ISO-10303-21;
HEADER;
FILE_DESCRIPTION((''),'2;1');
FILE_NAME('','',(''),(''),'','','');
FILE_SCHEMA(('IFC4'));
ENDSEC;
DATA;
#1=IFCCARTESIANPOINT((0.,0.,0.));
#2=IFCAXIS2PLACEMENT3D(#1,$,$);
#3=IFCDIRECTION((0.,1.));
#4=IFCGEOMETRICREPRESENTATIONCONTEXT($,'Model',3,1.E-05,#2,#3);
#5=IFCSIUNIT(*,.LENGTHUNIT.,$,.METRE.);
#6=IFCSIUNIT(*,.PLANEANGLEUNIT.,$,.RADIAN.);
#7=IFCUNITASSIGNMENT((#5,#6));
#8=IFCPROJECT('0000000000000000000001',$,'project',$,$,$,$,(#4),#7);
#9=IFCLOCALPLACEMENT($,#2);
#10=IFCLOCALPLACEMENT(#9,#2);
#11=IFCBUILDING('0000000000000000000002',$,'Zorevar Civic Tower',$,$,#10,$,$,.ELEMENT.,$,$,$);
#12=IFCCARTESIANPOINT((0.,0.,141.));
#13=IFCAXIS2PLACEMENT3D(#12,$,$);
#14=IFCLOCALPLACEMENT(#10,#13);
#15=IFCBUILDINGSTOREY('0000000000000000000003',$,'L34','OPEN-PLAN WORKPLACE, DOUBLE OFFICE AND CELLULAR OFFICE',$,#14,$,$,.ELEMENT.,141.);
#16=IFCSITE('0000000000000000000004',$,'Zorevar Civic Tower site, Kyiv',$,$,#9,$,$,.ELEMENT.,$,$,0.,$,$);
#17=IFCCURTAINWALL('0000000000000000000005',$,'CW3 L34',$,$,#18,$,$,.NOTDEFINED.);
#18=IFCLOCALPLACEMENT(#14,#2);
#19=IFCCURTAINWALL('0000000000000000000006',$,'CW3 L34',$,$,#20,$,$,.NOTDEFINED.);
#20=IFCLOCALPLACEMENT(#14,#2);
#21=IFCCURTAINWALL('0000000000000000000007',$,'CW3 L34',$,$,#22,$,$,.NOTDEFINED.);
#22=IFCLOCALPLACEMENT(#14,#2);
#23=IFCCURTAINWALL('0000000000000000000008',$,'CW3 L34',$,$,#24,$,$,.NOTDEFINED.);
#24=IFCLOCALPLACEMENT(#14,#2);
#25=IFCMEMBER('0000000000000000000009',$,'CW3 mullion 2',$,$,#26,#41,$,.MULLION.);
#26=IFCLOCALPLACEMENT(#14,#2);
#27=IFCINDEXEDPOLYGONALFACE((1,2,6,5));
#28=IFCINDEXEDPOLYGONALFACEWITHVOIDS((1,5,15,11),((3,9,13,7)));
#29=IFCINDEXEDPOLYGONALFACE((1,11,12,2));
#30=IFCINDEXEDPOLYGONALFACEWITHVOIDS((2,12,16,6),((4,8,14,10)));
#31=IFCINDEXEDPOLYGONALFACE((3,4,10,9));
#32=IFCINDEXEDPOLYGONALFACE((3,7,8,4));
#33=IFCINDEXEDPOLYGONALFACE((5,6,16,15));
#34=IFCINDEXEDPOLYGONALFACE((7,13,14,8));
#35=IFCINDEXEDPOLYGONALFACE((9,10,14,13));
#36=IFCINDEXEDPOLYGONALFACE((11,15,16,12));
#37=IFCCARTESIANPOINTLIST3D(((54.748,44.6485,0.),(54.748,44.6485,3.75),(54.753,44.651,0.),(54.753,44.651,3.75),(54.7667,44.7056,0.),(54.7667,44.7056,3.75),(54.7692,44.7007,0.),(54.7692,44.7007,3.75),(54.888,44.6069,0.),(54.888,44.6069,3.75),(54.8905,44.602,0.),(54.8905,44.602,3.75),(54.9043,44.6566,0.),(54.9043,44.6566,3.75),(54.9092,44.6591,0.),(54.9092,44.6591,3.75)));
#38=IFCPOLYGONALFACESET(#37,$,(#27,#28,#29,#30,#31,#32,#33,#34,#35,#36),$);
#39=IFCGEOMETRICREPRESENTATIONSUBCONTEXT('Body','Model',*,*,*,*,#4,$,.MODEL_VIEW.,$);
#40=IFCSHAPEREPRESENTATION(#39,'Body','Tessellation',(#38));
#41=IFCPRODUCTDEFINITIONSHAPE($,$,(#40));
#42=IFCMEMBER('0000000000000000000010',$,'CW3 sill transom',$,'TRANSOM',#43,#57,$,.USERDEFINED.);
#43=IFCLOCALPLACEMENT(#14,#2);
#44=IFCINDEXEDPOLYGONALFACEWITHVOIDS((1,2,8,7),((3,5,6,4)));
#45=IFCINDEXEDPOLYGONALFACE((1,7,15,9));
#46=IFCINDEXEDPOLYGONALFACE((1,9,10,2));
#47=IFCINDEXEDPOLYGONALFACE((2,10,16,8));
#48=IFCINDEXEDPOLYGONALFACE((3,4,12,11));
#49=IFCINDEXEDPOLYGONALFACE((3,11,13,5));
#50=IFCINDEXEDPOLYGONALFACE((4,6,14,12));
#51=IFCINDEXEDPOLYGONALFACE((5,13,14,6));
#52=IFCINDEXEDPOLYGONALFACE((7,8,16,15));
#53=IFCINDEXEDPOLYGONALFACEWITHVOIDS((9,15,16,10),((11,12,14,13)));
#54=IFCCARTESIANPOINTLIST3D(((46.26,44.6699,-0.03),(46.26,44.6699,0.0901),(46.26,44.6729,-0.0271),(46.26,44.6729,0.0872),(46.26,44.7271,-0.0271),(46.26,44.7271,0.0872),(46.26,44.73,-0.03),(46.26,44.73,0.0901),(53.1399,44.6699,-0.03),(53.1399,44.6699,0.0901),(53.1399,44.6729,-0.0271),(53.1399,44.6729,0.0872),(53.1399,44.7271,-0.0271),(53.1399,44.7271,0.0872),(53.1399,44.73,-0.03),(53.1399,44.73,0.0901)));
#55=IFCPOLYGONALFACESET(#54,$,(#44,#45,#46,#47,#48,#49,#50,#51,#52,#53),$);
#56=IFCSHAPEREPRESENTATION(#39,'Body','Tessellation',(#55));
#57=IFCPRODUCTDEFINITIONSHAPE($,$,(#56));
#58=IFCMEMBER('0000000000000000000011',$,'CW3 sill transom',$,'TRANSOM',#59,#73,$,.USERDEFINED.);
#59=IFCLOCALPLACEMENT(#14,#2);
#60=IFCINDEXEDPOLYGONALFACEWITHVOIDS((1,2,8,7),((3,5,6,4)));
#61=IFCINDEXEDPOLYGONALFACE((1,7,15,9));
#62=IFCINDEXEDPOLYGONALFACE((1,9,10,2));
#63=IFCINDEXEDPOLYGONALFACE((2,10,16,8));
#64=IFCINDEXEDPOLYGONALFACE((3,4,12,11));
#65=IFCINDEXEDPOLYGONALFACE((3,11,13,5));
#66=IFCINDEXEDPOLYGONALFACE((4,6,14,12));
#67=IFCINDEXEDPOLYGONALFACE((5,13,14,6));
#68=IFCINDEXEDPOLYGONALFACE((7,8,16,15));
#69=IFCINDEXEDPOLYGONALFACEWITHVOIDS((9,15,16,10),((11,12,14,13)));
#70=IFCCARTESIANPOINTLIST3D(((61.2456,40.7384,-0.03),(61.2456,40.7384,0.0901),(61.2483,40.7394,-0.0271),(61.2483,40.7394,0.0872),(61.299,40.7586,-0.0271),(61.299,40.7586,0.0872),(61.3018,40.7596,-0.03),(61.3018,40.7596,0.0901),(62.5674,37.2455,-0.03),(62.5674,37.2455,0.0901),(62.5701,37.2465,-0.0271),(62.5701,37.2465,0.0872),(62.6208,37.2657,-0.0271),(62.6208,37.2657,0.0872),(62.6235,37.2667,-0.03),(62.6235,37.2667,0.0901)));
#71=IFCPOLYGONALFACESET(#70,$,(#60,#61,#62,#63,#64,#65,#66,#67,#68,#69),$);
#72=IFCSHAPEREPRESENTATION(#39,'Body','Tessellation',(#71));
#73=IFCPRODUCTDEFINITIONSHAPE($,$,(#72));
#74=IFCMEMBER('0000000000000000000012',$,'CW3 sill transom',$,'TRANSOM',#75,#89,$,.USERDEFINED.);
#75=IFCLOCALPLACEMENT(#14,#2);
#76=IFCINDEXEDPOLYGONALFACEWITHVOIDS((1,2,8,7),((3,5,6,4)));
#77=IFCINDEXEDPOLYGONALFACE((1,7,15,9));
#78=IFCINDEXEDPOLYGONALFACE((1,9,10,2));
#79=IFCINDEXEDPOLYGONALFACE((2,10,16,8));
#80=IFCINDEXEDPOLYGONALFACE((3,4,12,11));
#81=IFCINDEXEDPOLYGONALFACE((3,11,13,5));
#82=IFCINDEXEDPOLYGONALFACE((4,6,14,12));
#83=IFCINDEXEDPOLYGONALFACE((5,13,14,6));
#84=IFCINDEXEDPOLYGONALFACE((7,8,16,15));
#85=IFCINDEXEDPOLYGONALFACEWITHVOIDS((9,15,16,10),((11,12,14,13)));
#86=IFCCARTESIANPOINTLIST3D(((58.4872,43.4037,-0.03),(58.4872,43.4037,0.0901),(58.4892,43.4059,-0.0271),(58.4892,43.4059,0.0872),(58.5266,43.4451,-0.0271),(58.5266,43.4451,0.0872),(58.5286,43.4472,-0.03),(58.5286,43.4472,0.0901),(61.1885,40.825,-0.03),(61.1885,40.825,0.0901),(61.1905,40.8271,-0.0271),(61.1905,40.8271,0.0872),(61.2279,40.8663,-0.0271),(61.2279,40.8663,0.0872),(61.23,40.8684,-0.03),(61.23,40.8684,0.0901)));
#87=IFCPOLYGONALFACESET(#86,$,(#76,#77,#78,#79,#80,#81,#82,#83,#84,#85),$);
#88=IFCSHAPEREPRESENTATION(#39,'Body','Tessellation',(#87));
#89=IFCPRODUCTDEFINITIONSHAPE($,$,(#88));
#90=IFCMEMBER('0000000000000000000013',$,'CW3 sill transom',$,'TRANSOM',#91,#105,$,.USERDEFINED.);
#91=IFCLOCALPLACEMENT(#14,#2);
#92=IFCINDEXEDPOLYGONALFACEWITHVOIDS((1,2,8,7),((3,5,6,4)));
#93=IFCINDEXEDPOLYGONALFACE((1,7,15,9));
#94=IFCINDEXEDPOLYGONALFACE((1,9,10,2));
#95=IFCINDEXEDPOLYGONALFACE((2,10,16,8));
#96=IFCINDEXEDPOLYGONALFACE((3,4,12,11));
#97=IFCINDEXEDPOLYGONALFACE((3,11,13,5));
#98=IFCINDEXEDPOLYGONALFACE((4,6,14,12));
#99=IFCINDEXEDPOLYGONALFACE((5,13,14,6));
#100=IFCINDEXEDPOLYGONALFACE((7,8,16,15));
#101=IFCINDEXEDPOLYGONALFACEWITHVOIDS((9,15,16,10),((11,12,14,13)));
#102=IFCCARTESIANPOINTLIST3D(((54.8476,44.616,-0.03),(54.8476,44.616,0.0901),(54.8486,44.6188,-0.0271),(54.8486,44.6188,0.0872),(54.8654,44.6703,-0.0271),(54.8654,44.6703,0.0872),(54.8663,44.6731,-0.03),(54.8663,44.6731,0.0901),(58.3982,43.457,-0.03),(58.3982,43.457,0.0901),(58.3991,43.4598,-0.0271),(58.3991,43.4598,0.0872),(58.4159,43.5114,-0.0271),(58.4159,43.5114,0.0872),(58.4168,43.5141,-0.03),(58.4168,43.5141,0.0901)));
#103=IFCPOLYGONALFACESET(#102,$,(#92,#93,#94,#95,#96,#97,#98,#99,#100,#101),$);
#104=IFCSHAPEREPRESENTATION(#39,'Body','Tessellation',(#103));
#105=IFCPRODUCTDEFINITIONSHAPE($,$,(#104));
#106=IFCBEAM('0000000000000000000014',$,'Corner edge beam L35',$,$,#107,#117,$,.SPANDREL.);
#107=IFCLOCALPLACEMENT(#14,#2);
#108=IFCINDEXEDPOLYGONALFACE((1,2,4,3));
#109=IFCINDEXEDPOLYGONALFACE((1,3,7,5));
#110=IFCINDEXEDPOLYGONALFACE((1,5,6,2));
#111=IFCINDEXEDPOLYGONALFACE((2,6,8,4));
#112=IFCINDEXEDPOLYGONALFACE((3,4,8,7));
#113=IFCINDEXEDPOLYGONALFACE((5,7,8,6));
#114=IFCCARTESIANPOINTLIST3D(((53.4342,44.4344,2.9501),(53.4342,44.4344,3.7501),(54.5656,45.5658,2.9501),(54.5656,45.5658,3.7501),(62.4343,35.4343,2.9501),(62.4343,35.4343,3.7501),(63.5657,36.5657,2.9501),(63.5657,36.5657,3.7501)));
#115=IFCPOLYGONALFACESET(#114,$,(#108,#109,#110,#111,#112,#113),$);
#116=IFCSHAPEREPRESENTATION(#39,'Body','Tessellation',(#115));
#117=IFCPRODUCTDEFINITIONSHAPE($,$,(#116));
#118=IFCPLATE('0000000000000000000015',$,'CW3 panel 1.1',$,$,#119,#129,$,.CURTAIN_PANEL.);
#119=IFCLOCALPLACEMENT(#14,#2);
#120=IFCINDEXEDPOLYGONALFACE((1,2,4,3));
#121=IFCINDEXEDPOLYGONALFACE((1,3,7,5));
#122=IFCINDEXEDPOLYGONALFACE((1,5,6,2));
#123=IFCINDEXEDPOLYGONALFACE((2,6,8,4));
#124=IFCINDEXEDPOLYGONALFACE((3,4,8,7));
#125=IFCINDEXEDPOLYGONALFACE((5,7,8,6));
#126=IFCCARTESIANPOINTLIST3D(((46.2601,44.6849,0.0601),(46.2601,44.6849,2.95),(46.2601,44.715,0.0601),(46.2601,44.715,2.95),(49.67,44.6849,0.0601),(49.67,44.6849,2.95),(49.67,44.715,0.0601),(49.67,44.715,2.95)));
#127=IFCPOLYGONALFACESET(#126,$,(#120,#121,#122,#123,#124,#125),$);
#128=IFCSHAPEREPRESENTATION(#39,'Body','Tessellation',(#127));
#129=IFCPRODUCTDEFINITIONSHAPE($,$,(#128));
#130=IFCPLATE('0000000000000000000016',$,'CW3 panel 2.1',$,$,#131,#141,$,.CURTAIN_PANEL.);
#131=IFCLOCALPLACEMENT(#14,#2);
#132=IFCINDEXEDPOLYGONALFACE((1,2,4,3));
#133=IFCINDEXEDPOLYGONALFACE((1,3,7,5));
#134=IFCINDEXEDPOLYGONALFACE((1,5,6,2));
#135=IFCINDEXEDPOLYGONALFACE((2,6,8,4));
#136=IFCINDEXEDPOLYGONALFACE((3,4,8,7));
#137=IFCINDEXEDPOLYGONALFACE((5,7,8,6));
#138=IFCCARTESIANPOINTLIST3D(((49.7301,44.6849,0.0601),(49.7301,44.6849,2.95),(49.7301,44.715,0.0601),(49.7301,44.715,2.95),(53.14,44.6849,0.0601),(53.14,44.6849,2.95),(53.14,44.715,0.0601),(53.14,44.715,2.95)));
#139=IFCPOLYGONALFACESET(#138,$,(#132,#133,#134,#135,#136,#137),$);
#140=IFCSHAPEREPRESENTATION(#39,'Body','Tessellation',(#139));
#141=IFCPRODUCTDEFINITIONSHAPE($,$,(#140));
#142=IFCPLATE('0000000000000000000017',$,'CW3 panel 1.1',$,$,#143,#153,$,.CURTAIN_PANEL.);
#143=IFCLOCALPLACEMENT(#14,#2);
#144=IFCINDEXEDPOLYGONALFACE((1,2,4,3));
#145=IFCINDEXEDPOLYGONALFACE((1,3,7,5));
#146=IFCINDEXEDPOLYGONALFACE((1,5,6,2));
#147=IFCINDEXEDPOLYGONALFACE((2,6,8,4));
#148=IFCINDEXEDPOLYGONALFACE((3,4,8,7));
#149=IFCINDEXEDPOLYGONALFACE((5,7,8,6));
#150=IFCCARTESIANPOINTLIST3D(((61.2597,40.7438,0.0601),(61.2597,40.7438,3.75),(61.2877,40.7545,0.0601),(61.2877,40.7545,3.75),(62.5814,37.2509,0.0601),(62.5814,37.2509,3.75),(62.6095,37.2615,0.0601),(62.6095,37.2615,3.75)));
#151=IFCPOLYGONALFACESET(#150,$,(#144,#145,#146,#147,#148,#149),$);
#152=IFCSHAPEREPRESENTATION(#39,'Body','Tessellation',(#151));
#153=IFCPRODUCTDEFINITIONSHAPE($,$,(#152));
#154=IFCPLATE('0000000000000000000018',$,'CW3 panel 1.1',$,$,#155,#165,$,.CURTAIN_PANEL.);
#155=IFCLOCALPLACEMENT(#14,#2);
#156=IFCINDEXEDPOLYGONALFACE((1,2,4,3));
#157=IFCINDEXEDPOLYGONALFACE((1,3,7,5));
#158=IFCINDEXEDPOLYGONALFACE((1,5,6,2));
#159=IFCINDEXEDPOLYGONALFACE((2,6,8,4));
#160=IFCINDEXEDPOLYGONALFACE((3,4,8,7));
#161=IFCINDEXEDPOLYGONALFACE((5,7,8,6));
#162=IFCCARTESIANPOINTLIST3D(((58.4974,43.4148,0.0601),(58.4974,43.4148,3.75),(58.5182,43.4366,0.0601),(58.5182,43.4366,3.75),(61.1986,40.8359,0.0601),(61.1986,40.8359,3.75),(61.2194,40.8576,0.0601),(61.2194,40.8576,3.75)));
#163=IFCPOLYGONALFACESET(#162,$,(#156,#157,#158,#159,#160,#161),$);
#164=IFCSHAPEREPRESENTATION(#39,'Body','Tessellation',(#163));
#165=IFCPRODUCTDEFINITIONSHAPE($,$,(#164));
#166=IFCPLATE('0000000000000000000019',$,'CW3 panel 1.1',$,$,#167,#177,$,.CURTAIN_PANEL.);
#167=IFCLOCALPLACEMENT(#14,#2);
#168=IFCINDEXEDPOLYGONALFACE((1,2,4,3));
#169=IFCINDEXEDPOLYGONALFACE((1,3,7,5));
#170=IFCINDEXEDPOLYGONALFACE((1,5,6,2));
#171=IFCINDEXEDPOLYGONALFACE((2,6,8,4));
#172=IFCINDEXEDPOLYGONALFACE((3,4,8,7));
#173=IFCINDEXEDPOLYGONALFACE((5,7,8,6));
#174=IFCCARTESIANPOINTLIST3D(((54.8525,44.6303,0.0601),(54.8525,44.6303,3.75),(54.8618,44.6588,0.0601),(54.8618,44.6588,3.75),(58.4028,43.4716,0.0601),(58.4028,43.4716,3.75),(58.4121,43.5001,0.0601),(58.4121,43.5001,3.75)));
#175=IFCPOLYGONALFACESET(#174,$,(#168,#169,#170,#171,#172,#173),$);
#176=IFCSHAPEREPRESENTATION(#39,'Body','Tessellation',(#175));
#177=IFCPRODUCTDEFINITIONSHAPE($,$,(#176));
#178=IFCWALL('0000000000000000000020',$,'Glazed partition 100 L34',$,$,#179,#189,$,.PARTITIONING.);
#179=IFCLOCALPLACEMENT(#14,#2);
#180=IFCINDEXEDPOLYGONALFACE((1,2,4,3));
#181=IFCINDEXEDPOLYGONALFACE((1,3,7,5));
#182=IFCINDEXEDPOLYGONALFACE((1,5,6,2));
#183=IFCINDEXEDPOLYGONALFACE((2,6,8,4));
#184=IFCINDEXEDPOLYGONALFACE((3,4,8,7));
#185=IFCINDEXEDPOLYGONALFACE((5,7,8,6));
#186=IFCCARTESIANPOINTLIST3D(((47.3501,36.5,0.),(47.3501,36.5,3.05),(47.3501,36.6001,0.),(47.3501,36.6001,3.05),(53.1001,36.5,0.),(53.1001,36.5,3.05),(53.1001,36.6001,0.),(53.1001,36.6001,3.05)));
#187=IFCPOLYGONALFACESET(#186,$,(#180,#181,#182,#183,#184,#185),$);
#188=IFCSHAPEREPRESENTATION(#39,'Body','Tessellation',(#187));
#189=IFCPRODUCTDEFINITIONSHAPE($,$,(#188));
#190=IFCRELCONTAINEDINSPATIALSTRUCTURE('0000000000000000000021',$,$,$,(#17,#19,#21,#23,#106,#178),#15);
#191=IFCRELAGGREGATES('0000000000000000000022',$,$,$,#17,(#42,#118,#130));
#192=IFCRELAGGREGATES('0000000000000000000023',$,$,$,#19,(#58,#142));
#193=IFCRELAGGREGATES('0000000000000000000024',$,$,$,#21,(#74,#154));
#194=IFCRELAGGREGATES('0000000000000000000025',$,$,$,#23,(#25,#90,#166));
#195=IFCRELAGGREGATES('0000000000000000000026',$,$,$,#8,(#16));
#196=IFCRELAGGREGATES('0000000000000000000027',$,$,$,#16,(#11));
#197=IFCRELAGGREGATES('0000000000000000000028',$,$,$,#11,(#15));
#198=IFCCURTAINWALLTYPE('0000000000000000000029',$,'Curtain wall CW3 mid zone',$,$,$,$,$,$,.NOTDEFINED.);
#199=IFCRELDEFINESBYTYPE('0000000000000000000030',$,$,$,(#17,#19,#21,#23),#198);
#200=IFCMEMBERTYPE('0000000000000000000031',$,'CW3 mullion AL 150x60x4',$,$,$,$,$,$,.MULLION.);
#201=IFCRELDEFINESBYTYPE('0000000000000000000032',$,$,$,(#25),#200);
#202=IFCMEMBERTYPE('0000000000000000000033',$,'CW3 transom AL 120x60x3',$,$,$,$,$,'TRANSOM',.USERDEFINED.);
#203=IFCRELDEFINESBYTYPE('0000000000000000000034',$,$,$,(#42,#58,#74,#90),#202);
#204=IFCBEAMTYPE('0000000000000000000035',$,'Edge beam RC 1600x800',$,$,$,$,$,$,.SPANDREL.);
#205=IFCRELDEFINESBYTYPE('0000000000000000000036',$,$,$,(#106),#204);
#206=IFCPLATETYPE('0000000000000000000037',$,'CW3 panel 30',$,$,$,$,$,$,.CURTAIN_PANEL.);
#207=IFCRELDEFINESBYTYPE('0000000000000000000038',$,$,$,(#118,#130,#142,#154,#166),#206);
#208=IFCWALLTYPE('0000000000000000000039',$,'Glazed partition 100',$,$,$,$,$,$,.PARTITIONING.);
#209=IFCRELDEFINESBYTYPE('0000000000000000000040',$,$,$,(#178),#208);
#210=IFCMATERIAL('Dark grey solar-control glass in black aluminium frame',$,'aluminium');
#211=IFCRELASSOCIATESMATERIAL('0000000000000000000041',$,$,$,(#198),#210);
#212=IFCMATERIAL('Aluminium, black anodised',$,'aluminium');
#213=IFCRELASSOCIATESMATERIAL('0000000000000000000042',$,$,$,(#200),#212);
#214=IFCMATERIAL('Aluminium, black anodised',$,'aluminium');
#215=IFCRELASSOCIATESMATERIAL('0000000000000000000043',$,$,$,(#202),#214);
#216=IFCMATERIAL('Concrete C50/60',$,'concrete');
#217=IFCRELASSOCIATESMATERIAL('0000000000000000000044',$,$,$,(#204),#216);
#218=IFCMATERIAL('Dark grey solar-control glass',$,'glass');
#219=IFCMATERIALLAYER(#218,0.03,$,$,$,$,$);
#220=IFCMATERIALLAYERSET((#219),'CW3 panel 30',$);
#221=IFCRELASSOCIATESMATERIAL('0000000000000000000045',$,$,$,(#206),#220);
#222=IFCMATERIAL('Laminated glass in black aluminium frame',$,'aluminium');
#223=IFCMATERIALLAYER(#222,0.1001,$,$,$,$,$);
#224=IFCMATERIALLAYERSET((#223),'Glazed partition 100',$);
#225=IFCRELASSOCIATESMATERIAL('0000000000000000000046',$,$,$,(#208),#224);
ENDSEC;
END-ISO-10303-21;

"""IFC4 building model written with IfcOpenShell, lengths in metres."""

from ifc_helpers import new_model, si_unit, direction, frame, frame_2d, origin, origin_2d, place, context, subcontext, project, spatial, rectangle, hollow_rectangle, extrude, material, layer, layer_set, material_profile, profile_set, type_object, element, aggregate, save


model = new_model("IFC4")

# Units and contexts
model_context = context("Model", 3, precision=1e-05, world=origin(), true_north=direction((0.0, 1.0)))
body_context = subcontext(model_context, "Body", "Model", "MODEL_VIEW")
ifc_project = project(units=[si_unit("LENGTHUNIT", "METRE"), si_unit("PLANEANGLEUNIT", "RADIAN")], contexts=[model_context])

# Site, building, storey
site_placement = place(None, origin())
site = spatial("IfcSite", under=ifc_project, at=site_placement, Name="Zorevar Civic Tower site, Kyiv", CompositionType="ELEMENT", RefElevation=0.0)
building_placement = place(site_placement, origin())
building = spatial("IfcBuilding", under=site, at=building_placement, Name="Zorevar Civic Tower", CompositionType="ELEMENT")
storey_placement = place(building_placement, frame((0.0, 0.0, 141.0)))
storey = spatial("IfcBuildingStorey", under=building, at=storey_placement, Name="L34", Description="OPEN-PLAN WORKPLACE, DOUBLE OFFICE AND CELLULAR OFFICE", CompositionType="ELEMENT", Elevation=141.0)

# Curtain walls, member
ifc_material_1 = material(Name="Dark grey solar-control glass in black aluminium frame", Category="aluminium")
curtain_wall_type = type_object("IfcCurtainWallType", Name="Curtain wall CW3 mid zone", PredefinedType="NOTDEFINED", material=ifc_material_1)
curtain_wall_1_placement = place(storey_placement, origin())
curtain_wall_1 = element("IfcCurtainWall", 1, at=curtain_wall_1_placement, inside=storey, type_object=curtain_wall_type, Name="CW3 L34", PredefinedType="NOTDEFINED")
ifc_material_2 = material(Name="Aluminium, black anodised", Category="aluminium")
ifc_material_profile_1 = material_profile(ifc_material_2, hollow_rectangle(XDim=0.0601, YDim=0.1499, WallThickness=0.0039, at=origin_2d()), Name="AL 150x60x4")
ifc_profile_set_1 = profile_set([ifc_material_profile_1], Name="Aluminium, black anodised")
member_type_1 = type_object("IfcMemberType", Name="CW3 mullion AL 150x60x4", PredefinedType="MULLION", material=ifc_profile_set_1)
curtain_wall_2_placement = place(storey_placement, origin())
curtain_wall_2 = element("IfcCurtainWall", 2, at=curtain_wall_2_placement, inside=storey, type_object=curtain_wall_type, Name="CW3 L34", PredefinedType="NOTDEFINED")
curtain_wall_3_placement = place(storey_placement, origin())
curtain_wall_3 = element("IfcCurtainWall", 3, at=curtain_wall_3_placement, inside=storey, type_object=curtain_wall_type, Name="CW3 L34", PredefinedType="NOTDEFINED")
curtain_wall_4_placement = place(storey_placement, origin())
curtain_wall_4 = element("IfcCurtainWall", 4, at=curtain_wall_4_placement, inside=storey, type_object=curtain_wall_type, Name="CW3 L34", PredefinedType="NOTDEFINED")
member_1_placement = place(storey_placement, frame((54.8286, 44.6538, 0.0), z_axis=(0.0, 0.0, 1.0), x_axis=(-0.310263, -0.950651, 0.0)))
member_1 = element("IfcMember", 5, at=member_1_placement, type_object=member_type_1, Name="CW3 mullion 2", PredefinedType="MULLION", context=body_context, shape_type="SweptSolid", body=[
    extrude(hollow_rectangle(XDim=0.0601, YDim=0.1499, WallThickness=0.0039, at=origin_2d()), origin(), (0.0, 0.0, 1.0), 3.75),
])

# Members
ifc_material_3 = material(Name="Aluminium, black anodised", Category="aluminium")
ifc_material_profile_2 = material_profile(ifc_material_3, hollow_rectangle(XDim=0.0601, YDim=0.1201, WallThickness=0.0029, at=origin_2d()), Name="AL 120x60x3")
ifc_profile_set_2 = profile_set([ifc_material_profile_2], Name="Aluminium, black anodised")
member_type_2 = type_object("IfcMemberType", Name="CW3 transom AL 120x60x3", ElementType="TRANSOM", PredefinedType="USERDEFINED", material=ifc_profile_set_2)
member_2_placement = place(storey_placement, frame((46.26, 44.7, 0.03), z_axis=(1.0, 0.0, 0.0), x_axis=(0.0, 1.0, 0.0)))
member_2 = element("IfcMember", 6, at=member_2_placement, type_object=member_type_2, Name="CW3 sill transom", ObjectType="TRANSOM", PredefinedType="USERDEFINED", context=body_context, shape_type="SweptSolid", body=[
    extrude(hollow_rectangle(XDim=0.0601, YDim=0.1201, WallThickness=0.0029, at=origin_2d()), origin(), (0.0, 0.0, 1.0), 6.8799),
])
member_3_placement = place(storey_placement, frame((62.5955, 37.2561, 0.03), z_axis=(-0.353923, 0.935275, 0.0), x_axis=(-0.935275, -0.353923, 0.0)))
member_3 = element("IfcMember", 7, at=member_3_placement, type_object=member_type_2, Name="CW3 sill transom", ObjectType="TRANSOM", PredefinedType="USERDEFINED", context=body_context, shape_type="SweptSolid", body=[
    extrude(hollow_rectangle(XDim=0.0601, YDim=0.1201, WallThickness=0.0029, at=origin_2d()), origin(), (0.0, 0.0, 1.0), 3.7346),
])
member_4_placement = place(storey_placement, frame((61.2092, 40.8467, 0.03), z_axis=(-0.723324, 0.690508, 0.0), x_axis=(-0.690508, -0.723324, 0.0)))
member_4 = element("IfcMember", 8, at=member_4_placement, type_object=member_type_2, Name="CW3 sill transom", ObjectType="TRANSOM", PredefinedType="USERDEFINED", context=body_context, shape_type="SweptSolid", body=[
    extrude(hollow_rectangle(XDim=0.0601, YDim=0.1201, WallThickness=0.0029, at=origin_2d()), origin(), (0.0, 0.0, 1.0), 3.7346),
])
member_5_placement = place(storey_placement, frame((58.4075, 43.4856, 0.03), z_axis=(-0.950639, 0.310299, 0.0), x_axis=(-0.310299, -0.950639, 0.0)))
member_5 = element("IfcMember", 9, at=member_5_placement, type_object=member_type_2, Name="CW3 sill transom", ObjectType="TRANSOM", PredefinedType="USERDEFINED", context=body_context, shape_type="SweptSolid", body=[
    extrude(hollow_rectangle(XDim=0.0601, YDim=0.1201, WallThickness=0.0029, at=origin_2d()), origin(), (0.0, 0.0, 1.0), 3.7349),
])

# Beam
ifc_material_4 = material(Name="Concrete C50/60", Category="concrete")
ifc_material_profile_3 = material_profile(ifc_material_4, rectangle(XDim=1.6001, YDim=0.8, at=origin_2d()), Name="RC 1600x800")
ifc_profile_set_3 = profile_set([ifc_material_profile_3], Name="Concrete C50/60")
beam_type_1 = type_object("IfcBeamType", Name="Edge beam RC 1600x800", PredefinedType="SPANDREL", material=ifc_profile_set_3)
beam_1_placement = place(storey_placement, frame((63.0, 36.0, 3.3501), z_axis=(-0.707107, 0.707107, 0.0), x_axis=(-0.707107, -0.707107, 0.0)))
element("IfcBeam", 10, at=beam_1_placement, inside=storey, type_object=beam_type_1, Name="Corner edge beam L35", PredefinedType="SPANDREL", context=body_context, shape_type="SweptSolid", body=[
    extrude(rectangle(XDim=1.6001, YDim=0.8, at=origin_2d()), origin(), (0.0, 0.0, 1.0), 12.728),
])

# Plates
ifc_material_5 = material(Name="Dark grey solar-control glass", Category="glass")
ifc_layer_1 = layer(ifc_material_5, 0.03)
ifc_layer_set_1 = layer_set([ifc_layer_1], Name="CW3 panel 30")
plate_type = type_object("IfcPlateType", Name="CW3 panel 30", PredefinedType="CURTAIN_PANEL", material=ifc_layer_set_1)
plate_1_placement = place(storey_placement, frame((47.9651, 44.7, 0.0601), z_axis=(0.0, 0.0, 1.0), x_axis=(1.0, 0.0, 0.0)))
plate_1 = element("IfcPlate", 11, at=plate_1_placement, type_object=plate_type, Name="CW3 panel 1.1", PredefinedType="CURTAIN_PANEL", context=body_context, shape_type="SweptSolid", body=[
    extrude(rectangle(XDim=3.4099, YDim=0.03, at=origin_2d()), origin(), (0.0, 0.0, 1.0), 2.8899),
])
plate_2_placement = place(storey_placement, frame((51.4351, 44.7, 0.0601), z_axis=(0.0, 0.0, 1.0), x_axis=(1.0, 0.0, 0.0)))
plate_2 = element("IfcPlate", 12, at=plate_2_placement, type_object=plate_type, Name="CW3 panel 2.1", PredefinedType="CURTAIN_PANEL", context=body_context, shape_type="SweptSolid", body=[
    extrude(rectangle(XDim=3.4099, YDim=0.03, at=origin_2d()), origin(), (0.0, 0.0, 1.0), 2.8899),
])
aggregate(curtain_wall_1, [member_2, plate_1, plate_2])
plate_3_placement = place(storey_placement, frame((61.9346, 39.0027, 0.0601), z_axis=(0.0, 0.0, 1.0), x_axis=(-0.353918, 0.935277, 0.0)))
plate_3 = element("IfcPlate", 13, at=plate_3_placement, type_object=plate_type, Name="CW3 panel 1.1", PredefinedType="CURTAIN_PANEL", context=body_context, shape_type="SweptSolid", body=[
    extrude(rectangle(XDim=3.7346, YDim=0.03, at=origin_2d()), origin(), (0.0, 0.0, 1.0), 3.6899),
])
aggregate(curtain_wall_2, [member_3, plate_3])
plate_4_placement = place(storey_placement, frame((59.8584, 42.1362, 0.0601), z_axis=(0.0, 0.0, 1.0), x_axis=(-0.723289, 0.690545, 0.0)))
plate_4 = element("IfcPlate", 14, at=plate_4_placement, type_object=plate_type, Name="CW3 panel 1.1", PredefinedType="CURTAIN_PANEL", context=body_context, shape_type="SweptSolid", body=[
    extrude(rectangle(XDim=3.7346, YDim=0.03, at=origin_2d()), origin(), (0.0, 0.0, 1.0), 3.6899),
])
aggregate(curtain_wall_3, [member_4, plate_4])
plate_5_placement = place(storey_placement, frame((56.6323, 44.0652, 0.0601), z_axis=(0.0, 0.0, 1.0), x_axis=(-0.950651, 0.310263, 0.0)))
plate_5 = element("IfcPlate", 15, at=plate_5_placement, type_object=plate_type, Name="CW3 panel 1.1", PredefinedType="CURTAIN_PANEL", context=body_context, shape_type="SweptSolid", body=[
    extrude(rectangle(XDim=3.7346, YDim=0.03, at=origin_2d()), origin(), (0.0, 0.0, 1.0), 3.6899),
])
aggregate(curtain_wall_4, [member_1, member_5, plate_5])

# Wall
ifc_material_6 = material(Name="Laminated glass in black aluminium frame", Category="aluminium")
ifc_layer_2 = layer(ifc_material_6, 0.1001)
ifc_layer_set_2 = layer_set([ifc_layer_2], Name="Glazed partition 100")
wall_type_1 = type_object("IfcWallType", Name="Glazed partition 100", PredefinedType="PARTITIONING", material=ifc_layer_set_2)
wall_1_placement = place(storey_placement, frame((47.3501, 36.55, 0.0), z_axis=(0.0, 0.0, 1.0), x_axis=(1.0, 0.0, 0.0)))
element("IfcWall", 16, at=wall_1_placement, inside=storey, type_object=wall_type_1, Name="Glazed partition 100 L34", PredefinedType="PARTITIONING", context=body_context, shape_type="SweptSolid", body=[
    extrude(rectangle(XDim=5.75, YDim=0.1001, at=frame_2d((2.875, 0.0))), origin(), (0.0, 0.0, 1.0), 3.05),
])

save(model, "model.ifc")
